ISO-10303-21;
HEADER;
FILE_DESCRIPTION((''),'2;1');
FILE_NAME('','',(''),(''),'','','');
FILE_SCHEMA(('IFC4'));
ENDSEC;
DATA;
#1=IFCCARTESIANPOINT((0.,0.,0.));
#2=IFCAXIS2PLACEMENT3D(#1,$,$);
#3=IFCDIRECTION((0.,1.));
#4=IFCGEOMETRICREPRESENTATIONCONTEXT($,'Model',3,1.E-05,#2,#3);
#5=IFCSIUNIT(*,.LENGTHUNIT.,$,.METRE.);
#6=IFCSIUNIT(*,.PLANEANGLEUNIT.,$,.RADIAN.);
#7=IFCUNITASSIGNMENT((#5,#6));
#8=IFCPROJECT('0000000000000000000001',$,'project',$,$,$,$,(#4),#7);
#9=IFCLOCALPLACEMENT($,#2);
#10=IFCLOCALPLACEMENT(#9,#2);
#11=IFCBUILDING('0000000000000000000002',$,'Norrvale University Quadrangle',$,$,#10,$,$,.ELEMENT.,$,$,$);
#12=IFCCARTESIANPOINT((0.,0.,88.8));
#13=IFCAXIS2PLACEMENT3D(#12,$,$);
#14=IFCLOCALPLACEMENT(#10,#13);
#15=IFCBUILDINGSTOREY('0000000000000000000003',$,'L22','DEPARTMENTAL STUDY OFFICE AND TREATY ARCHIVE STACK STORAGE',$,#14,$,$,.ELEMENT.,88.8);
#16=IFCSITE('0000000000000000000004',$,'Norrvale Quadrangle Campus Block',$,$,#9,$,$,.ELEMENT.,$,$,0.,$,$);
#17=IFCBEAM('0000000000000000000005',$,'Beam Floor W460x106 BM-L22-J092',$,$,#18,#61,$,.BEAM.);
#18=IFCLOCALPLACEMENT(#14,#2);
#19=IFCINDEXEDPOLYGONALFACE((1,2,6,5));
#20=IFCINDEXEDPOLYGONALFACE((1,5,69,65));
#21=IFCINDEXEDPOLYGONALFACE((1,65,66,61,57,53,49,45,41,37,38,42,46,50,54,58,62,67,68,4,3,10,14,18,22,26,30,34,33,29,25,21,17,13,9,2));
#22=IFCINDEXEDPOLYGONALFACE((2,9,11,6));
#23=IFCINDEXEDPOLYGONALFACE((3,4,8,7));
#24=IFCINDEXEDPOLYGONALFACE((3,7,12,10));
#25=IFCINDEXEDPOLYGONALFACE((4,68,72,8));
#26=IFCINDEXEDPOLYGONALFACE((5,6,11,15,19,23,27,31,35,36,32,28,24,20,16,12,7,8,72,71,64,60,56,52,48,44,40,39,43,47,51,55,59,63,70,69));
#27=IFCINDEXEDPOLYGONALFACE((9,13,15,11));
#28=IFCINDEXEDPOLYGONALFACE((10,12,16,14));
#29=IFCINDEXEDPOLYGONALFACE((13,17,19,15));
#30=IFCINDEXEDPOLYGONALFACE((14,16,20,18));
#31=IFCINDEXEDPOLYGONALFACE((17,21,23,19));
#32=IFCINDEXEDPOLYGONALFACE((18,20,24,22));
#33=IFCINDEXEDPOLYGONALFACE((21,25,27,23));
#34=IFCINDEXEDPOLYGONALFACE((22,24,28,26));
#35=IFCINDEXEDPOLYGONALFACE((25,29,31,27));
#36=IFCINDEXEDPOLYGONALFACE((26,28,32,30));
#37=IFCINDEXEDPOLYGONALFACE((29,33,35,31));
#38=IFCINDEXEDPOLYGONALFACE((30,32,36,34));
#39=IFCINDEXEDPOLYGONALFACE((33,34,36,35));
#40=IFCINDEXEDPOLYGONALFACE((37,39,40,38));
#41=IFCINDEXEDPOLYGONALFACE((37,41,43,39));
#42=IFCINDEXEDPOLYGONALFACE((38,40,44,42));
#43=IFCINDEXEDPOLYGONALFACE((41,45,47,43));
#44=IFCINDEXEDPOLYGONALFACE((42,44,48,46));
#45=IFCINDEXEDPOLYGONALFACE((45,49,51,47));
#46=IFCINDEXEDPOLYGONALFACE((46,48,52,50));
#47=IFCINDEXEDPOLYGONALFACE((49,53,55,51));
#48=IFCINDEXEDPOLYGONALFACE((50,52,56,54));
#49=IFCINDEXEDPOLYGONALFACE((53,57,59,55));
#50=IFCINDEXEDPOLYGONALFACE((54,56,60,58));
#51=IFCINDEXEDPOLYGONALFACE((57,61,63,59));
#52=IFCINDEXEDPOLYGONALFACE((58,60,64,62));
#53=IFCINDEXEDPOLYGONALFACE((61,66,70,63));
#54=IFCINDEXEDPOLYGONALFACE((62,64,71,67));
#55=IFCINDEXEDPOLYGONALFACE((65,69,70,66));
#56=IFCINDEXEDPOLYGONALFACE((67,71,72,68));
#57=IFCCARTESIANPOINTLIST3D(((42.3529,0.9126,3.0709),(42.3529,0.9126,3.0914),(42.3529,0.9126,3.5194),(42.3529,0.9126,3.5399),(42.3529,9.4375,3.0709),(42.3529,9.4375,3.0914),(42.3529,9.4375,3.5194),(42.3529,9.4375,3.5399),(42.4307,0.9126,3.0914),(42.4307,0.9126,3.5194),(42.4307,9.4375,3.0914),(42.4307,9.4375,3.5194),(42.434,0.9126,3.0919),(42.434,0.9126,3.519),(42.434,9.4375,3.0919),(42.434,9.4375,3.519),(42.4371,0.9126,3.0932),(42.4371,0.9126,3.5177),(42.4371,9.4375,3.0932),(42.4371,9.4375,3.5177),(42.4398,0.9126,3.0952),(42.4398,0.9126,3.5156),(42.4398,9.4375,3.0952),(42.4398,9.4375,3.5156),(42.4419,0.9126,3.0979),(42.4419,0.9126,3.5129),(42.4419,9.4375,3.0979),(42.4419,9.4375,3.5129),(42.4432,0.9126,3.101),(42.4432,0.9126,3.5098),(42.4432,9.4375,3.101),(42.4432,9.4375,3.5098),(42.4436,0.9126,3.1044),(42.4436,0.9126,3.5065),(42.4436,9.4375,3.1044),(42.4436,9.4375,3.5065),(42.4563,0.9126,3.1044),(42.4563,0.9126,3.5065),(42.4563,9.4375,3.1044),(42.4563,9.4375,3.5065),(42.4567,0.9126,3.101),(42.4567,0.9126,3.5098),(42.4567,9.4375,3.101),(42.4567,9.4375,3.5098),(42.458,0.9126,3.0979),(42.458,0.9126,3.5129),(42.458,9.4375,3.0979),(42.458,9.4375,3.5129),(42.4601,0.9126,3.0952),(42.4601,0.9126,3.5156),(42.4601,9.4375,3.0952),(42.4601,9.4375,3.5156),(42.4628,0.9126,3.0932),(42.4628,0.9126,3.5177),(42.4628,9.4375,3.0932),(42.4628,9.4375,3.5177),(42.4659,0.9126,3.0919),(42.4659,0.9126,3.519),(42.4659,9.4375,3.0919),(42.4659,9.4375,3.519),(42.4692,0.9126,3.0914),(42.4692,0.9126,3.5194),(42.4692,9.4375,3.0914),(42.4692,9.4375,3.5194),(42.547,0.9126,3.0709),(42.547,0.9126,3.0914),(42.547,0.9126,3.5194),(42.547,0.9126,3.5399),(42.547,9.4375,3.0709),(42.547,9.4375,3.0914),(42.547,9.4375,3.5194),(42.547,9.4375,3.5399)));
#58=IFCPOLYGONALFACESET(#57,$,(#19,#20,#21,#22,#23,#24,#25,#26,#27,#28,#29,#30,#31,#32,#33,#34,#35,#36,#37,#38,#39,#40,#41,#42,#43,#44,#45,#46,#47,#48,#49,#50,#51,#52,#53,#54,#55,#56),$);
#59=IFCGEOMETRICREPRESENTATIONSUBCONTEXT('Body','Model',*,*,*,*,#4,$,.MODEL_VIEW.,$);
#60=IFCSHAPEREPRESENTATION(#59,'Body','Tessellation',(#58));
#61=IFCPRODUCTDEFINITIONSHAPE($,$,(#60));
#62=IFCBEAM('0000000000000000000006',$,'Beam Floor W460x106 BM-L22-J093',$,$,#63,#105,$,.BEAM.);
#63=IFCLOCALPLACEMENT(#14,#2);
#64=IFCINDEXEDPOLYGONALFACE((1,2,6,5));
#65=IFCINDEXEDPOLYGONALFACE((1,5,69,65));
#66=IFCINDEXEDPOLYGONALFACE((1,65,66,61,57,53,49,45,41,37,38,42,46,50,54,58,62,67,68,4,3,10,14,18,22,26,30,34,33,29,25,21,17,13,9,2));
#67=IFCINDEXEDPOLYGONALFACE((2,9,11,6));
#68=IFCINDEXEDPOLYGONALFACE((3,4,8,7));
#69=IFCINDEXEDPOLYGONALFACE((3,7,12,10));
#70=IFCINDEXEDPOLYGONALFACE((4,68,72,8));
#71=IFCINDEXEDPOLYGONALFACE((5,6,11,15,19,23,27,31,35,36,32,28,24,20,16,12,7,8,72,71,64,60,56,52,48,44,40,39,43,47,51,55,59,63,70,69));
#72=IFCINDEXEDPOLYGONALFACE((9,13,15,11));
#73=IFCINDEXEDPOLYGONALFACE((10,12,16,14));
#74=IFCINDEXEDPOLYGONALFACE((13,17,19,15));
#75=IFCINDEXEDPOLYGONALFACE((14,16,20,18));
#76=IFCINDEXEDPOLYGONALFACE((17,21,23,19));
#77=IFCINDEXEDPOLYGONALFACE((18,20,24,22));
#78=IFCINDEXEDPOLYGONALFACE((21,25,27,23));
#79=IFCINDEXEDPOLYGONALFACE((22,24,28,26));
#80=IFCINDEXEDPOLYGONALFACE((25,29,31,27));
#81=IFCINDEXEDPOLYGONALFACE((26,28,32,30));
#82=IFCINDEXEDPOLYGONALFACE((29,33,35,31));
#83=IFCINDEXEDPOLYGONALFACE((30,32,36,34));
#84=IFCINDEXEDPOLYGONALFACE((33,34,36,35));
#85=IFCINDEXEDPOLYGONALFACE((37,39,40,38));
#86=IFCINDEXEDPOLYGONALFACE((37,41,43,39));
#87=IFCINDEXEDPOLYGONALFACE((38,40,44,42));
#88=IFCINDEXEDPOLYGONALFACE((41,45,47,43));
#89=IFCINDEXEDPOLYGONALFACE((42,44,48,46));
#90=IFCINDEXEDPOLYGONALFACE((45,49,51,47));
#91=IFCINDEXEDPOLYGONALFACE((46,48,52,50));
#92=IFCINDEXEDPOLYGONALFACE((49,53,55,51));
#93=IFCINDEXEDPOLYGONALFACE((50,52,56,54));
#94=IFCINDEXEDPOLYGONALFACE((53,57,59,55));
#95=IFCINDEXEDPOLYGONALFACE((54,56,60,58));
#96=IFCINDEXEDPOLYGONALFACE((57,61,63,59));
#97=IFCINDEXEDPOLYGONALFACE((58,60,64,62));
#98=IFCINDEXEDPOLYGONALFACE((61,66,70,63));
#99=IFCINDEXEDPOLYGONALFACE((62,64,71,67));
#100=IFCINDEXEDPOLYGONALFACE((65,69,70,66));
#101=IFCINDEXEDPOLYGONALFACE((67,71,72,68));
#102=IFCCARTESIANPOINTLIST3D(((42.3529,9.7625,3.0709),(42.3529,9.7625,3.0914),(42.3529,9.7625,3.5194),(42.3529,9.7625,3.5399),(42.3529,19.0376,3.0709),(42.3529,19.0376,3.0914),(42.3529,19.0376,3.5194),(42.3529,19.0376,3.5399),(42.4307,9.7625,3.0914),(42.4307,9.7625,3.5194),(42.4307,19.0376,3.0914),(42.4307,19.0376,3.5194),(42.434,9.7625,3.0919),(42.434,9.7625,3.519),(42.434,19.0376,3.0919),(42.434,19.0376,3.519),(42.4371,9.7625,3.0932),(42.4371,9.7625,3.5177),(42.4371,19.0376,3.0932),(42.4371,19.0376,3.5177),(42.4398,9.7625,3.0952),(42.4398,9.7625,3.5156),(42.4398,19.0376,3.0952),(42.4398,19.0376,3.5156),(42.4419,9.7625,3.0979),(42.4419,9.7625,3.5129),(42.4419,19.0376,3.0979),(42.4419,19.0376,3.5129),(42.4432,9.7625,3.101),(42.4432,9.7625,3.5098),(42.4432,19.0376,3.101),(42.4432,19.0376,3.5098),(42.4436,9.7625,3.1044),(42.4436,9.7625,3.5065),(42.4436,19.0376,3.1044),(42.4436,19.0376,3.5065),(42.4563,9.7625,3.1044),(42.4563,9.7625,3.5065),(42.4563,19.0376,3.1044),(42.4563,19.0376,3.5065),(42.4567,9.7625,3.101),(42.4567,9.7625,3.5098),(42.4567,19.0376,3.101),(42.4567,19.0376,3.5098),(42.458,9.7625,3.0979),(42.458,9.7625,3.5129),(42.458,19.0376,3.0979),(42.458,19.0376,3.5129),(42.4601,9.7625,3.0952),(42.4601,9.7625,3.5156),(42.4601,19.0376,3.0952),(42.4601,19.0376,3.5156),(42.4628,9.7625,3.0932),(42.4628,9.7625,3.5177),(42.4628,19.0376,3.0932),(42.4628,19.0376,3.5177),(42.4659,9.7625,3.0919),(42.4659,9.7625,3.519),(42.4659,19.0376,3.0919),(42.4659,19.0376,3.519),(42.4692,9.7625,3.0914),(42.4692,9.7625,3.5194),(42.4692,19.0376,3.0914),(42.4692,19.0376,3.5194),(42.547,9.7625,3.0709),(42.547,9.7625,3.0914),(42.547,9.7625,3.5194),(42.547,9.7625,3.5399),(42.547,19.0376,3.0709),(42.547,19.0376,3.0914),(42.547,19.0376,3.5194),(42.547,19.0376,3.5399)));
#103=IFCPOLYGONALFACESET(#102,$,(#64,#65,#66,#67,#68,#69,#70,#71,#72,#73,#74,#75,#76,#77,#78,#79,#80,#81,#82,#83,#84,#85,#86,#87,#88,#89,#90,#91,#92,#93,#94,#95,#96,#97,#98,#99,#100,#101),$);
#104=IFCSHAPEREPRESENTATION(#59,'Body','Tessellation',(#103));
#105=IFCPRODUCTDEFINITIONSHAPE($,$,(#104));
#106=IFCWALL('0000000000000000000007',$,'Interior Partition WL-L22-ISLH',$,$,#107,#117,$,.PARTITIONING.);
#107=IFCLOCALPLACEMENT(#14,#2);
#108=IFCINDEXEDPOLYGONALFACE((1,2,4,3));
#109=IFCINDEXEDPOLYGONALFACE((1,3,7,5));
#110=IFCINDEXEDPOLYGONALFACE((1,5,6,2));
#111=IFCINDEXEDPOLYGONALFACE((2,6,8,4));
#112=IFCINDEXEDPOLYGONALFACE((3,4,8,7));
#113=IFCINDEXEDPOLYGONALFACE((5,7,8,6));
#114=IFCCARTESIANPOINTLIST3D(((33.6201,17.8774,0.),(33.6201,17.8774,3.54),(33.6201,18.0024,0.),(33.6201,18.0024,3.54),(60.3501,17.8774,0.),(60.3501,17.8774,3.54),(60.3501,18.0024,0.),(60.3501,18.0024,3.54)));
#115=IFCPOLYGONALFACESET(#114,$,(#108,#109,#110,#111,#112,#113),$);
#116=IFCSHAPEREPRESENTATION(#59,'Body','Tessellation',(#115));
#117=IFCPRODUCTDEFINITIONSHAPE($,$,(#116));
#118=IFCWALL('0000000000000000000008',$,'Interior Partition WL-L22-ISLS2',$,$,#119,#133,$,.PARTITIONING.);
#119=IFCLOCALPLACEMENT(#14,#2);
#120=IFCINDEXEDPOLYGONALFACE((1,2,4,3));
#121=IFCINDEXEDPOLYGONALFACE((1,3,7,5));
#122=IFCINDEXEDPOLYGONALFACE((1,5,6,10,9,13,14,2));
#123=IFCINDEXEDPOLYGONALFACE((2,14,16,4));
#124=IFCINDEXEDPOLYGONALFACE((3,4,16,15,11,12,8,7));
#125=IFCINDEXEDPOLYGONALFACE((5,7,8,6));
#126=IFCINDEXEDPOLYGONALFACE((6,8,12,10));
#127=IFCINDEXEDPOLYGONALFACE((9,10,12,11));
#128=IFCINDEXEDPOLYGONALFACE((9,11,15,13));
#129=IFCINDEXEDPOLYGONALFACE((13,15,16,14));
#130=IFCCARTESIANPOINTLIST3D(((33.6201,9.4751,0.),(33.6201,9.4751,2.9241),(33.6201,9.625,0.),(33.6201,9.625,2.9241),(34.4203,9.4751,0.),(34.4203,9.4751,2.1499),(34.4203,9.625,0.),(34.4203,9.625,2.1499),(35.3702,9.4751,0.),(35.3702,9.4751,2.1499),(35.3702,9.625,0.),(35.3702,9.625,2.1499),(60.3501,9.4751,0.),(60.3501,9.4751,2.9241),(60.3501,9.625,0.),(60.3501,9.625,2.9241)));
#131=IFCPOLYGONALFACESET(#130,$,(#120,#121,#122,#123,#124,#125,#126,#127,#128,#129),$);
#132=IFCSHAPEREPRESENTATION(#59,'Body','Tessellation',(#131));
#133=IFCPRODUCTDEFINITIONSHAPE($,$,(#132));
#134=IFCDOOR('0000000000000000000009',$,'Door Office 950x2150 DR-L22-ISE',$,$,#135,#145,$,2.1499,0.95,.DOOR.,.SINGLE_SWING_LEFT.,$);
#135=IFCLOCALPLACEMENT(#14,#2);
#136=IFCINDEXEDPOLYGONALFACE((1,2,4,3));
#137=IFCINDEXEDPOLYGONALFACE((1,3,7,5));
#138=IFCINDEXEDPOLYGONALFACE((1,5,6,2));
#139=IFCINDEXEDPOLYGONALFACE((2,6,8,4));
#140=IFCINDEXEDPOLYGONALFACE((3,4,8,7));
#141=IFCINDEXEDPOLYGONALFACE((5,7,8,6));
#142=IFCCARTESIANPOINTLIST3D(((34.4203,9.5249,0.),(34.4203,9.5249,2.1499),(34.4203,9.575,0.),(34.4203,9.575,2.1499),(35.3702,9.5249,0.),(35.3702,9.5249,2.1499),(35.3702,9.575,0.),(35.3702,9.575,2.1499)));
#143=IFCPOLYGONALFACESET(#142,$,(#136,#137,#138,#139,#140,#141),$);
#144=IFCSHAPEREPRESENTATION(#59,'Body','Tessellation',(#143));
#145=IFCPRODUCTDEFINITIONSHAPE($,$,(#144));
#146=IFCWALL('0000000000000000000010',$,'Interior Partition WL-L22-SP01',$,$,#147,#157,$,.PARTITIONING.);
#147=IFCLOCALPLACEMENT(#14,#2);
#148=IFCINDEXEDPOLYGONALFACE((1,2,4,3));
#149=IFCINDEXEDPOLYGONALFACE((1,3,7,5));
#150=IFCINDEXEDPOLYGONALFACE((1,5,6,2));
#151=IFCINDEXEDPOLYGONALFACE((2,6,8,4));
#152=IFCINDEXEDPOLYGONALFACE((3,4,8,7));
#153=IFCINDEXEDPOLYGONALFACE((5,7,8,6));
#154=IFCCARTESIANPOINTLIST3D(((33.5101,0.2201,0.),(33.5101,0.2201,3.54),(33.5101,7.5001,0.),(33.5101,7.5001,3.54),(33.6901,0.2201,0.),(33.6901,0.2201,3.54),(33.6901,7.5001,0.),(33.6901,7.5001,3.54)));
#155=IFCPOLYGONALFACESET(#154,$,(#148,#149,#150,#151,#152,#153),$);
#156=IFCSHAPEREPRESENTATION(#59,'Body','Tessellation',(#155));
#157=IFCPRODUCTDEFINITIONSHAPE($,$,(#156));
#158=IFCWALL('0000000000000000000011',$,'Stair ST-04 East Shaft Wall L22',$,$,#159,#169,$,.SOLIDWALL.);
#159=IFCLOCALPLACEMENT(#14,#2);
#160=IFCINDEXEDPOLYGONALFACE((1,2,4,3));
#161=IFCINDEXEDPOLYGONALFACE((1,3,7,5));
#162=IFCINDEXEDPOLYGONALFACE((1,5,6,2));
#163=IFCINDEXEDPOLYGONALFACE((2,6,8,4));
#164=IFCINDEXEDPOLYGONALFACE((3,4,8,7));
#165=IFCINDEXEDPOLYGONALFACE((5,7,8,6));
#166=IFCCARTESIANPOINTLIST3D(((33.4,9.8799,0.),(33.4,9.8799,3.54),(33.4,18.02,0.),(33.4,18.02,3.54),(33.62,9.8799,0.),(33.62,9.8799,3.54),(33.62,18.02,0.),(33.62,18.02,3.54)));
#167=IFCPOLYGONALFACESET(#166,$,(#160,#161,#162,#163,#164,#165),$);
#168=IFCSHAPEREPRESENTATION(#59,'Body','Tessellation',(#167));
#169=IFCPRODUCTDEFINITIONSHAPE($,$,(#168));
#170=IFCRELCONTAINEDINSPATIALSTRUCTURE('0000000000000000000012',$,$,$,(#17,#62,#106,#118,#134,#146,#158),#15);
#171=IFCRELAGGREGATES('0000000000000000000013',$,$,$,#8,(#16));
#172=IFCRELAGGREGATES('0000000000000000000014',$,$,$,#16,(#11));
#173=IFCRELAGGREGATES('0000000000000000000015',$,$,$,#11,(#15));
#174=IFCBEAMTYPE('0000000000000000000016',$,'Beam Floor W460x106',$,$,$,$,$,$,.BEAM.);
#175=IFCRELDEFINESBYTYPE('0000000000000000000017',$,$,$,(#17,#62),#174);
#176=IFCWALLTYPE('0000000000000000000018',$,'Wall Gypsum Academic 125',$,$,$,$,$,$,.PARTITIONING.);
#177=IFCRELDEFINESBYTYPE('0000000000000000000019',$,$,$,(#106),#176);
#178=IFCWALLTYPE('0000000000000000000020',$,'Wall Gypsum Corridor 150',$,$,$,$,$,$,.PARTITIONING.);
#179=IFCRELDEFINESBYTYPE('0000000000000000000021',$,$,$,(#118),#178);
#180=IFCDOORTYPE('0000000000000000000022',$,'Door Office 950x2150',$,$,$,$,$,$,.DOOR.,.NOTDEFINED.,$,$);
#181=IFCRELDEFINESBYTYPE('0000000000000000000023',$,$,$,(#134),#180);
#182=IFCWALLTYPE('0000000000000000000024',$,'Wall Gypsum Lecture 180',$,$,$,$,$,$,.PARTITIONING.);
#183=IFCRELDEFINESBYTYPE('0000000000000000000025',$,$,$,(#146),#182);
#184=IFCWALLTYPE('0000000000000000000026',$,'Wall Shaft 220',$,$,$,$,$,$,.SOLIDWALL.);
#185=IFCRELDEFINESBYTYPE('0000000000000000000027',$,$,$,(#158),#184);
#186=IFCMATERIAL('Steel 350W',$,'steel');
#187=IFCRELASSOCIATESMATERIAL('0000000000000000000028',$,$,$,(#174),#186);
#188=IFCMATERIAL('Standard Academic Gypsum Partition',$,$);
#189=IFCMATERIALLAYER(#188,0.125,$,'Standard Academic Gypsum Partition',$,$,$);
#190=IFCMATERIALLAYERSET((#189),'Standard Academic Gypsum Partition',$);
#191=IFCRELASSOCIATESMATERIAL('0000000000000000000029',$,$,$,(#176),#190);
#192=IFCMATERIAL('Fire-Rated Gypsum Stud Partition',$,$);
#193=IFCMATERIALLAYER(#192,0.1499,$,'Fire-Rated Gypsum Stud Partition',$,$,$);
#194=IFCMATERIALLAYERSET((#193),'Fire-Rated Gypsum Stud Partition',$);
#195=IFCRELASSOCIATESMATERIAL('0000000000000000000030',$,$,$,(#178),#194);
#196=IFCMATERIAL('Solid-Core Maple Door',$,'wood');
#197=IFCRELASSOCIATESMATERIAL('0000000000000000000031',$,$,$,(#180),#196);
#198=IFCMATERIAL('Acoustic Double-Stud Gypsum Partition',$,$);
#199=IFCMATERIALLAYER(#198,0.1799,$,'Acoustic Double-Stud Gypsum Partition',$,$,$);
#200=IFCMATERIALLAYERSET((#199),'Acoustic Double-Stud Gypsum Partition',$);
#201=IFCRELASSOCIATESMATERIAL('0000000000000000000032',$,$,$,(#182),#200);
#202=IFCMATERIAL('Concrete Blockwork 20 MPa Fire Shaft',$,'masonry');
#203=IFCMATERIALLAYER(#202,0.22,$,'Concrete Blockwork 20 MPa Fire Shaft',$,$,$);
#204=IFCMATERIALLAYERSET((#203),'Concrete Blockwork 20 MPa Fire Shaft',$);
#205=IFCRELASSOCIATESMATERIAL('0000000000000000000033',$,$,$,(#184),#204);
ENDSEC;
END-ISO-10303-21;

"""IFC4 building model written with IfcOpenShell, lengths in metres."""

from ifc_helpers import new_model, si_unit, direction, frame, frame_2d, origin, origin_2d, place, context, subcontext, project, spatial, rectangle, i_section, extrude, material, layer, layer_set, material_profile, profile_set, type_object, element, fill, save


model = new_model("IFC4")

# Units and contexts
model_context = context("Model", 3, precision=1e-05, world=origin(), true_north=direction((0.0, 1.0)))
body_context = subcontext(model_context, "Body", "Model", "MODEL_VIEW")
ifc_project = project(units=[si_unit("LENGTHUNIT", "METRE"), si_unit("PLANEANGLEUNIT", "RADIAN")], contexts=[model_context])

# Site, building, storey
site_placement = place(None, origin())
site = spatial("IfcSite", under=ifc_project, at=site_placement, Name="Norrvale Quadrangle Campus Block", CompositionType="ELEMENT", RefElevation=0.0)
building_placement = place(site_placement, origin())
building = spatial("IfcBuilding", under=site, at=building_placement, Name="Norrvale University Quadrangle", CompositionType="ELEMENT")
storey_placement = place(building_placement, frame((0.0, 0.0, 88.8)))
storey = spatial("IfcBuildingStorey", under=building, at=storey_placement, Name="L22", Description="DEPARTMENTAL STUDY OFFICE AND TREATY ARCHIVE STACK STORAGE", CompositionType="ELEMENT", Elevation=88.8)

# Beams
ifc_material_1 = material(Name="Steel 350W", Category="steel")
ifc_material_profile_1 = material_profile(ifc_material_1, i_section(OverallWidth=0.1941, OverallDepth=0.469, WebThickness=0.0127, FlangeThickness=0.0205, FilletRadius=0.0129, at=origin_2d()), Name="Steel 350W")
ifc_profile_set_1 = profile_set([ifc_material_profile_1], Name="Steel 350W")
beam_type_1 = type_object("IfcBeamType", Name="Beam Floor W460x106", PredefinedType="BEAM", material=ifc_profile_set_1)
beam_1_placement = place(storey_placement, frame((42.45, 0.9126, 3.3054), z_axis=(0.0, 1.0, 0.0), x_axis=(-1.0, 0.0, 0.0)))
element("IfcBeam", 1, at=beam_1_placement, inside=storey, type_object=beam_type_1, Name="Beam Floor W460x106 BM-L22-J092", PredefinedType="BEAM", context=body_context, shape_type="SweptSolid", body=[
    extrude(i_section(OverallWidth=0.1941, OverallDepth=0.469, WebThickness=0.0127, FlangeThickness=0.0205, FilletRadius=0.0129, at=origin_2d()), origin(), (0.0, 0.0, 1.0), 8.5249),
])
beam_2_placement = place(storey_placement, frame((42.45, 9.7625, 3.3054), z_axis=(0.0, 1.0, 0.0), x_axis=(-1.0, 0.0, 0.0)))
element("IfcBeam", 2, at=beam_2_placement, inside=storey, type_object=beam_type_1, Name="Beam Floor W460x106 BM-L22-J093", PredefinedType="BEAM", context=body_context, shape_type="SweptSolid", body=[
    extrude(i_section(OverallWidth=0.1941, OverallDepth=0.469, WebThickness=0.0127, FlangeThickness=0.0205, FilletRadius=0.0129, at=origin_2d()), origin(), (0.0, 0.0, 1.0), 9.2751),
])

# Wall
ifc_material_2 = material(Name="Standard Academic Gypsum Partition")
ifc_layer_1 = layer(ifc_material_2, 0.125, Name="Standard Academic Gypsum Partition")
ifc_layer_set_1 = layer_set([ifc_layer_1], Name="Standard Academic Gypsum Partition")
wall_type_1 = type_object("IfcWallType", Name="Wall Gypsum Academic 125", PredefinedType="PARTITIONING", material=ifc_layer_set_1)
wall_1_placement = place(storey_placement, frame((33.6201, 17.9399, 0.0), z_axis=(0.0, 0.0, 1.0), x_axis=(1.0, 0.0, 0.0)))
element("IfcWall", 3, at=wall_1_placement, inside=storey, type_object=wall_type_1, Name="Interior Partition WL-L22-ISLH", PredefinedType="PARTITIONING", context=body_context, shape_type="SweptSolid", body=[
    extrude(rectangle(XDim=26.73, YDim=0.125, at=frame_2d((13.365, 0.0))), origin(), (0.0, 0.0, 1.0), 3.54),
])

# Wall, opening, door
ifc_material_3 = material(Name="Fire-Rated Gypsum Stud Partition")
ifc_layer_2 = layer(ifc_material_3, 0.1499, Name="Fire-Rated Gypsum Stud Partition")
ifc_layer_set_2 = layer_set([ifc_layer_2], Name="Fire-Rated Gypsum Stud Partition")
wall_type_2 = type_object("IfcWallType", Name="Wall Gypsum Corridor 150", PredefinedType="PARTITIONING", material=ifc_layer_set_2)
wall_2_placement = place(storey_placement, frame((33.6201, 9.55, 0.0), z_axis=(0.0, 0.0, 1.0), x_axis=(1.0, 0.0, 0.0)))
wall_2 = element("IfcWall", 4, at=wall_2_placement, inside=storey, type_object=wall_type_2, Name="Interior Partition WL-L22-ISLS2", PredefinedType="PARTITIONING", context=body_context, shape_type="SweptSolid", body=[
    extrude(rectangle(XDim=26.73, YDim=0.1499, at=frame_2d((13.365, 0.0))), origin(), (0.0, 0.0, 1.0), 2.9241),
])
opening_placement = place(wall_2_placement, frame((0.8, 0.0, 0.0)))
opening = element("IfcOpeningElement", 5, at=opening_placement, cuts=wall_2, PredefinedType="OPENING", context=body_context, shape_type="SweptSolid", body=[
    extrude(rectangle(XDim=0.95, YDim=2.1499, at=frame_2d((0.4751, 1.075))), frame((0.0, 0.0869, 0.0), z_axis=(0.0, -1.0, 0.0), x_axis=(1.0, 0.0, 0.0)), (0.0, 0.0, 1.0), 0.1738),
])
ifc_material_4 = material(Name="Solid-Core Maple Door", Category="wood")
door_type = type_object("IfcDoorType", Name="Door Office 950x2150", OperationType="NOTDEFINED", PredefinedType="DOOR", material=ifc_material_4)
door_placement = place(opening_placement, origin())
door = element("IfcDoor", 6, at=door_placement, inside=storey, type_object=door_type, Name="Door Office 950x2150 DR-L22-ISE", OperationType="SINGLE_SWING_LEFT", OverallHeight=2.1499, OverallWidth=0.95, PredefinedType="DOOR", context=body_context, shape_type="SweptSolid", body=[
    extrude(rectangle(XDim=0.95, YDim=2.1499, at=frame_2d((0.4751, 1.075))), frame((0.0, 0.0249, 0.0), z_axis=(0.0, -1.0, 0.0), x_axis=(1.0, 0.0, 0.0)), (0.0, 0.0, 1.0), 0.05),
])
fill(opening, door)

# Walls
ifc_material_5 = material(Name="Acoustic Double-Stud Gypsum Partition")
ifc_layer_3 = layer(ifc_material_5, 0.1799, Name="Acoustic Double-Stud Gypsum Partition")
ifc_layer_set_3 = layer_set([ifc_layer_3], Name="Acoustic Double-Stud Gypsum Partition")
wall_type_3 = type_object("IfcWallType", Name="Wall Gypsum Lecture 180", PredefinedType="PARTITIONING", material=ifc_layer_set_3)
wall_3_placement = place(storey_placement, frame((33.6001, 0.22, 0.0), z_axis=(0.0, 0.0, 1.0), x_axis=(0.0, 1.0, 0.0)))
element("IfcWall", 7, at=wall_3_placement, inside=storey, type_object=wall_type_3, Name="Interior Partition WL-L22-SP01", PredefinedType="PARTITIONING", context=body_context, shape_type="SweptSolid", body=[
    extrude(rectangle(XDim=7.28, YDim=0.1799, at=frame_2d((3.6401, 0.0))), origin(), (0.0, 0.0, 1.0), 3.54),
])
ifc_material_6 = material(Name="Concrete Blockwork 20 MPa Fire Shaft", Category="masonry")
ifc_layer_4 = layer(ifc_material_6, 0.22, Name="Concrete Blockwork 20 MPa Fire Shaft")
ifc_layer_set_4 = layer_set([ifc_layer_4], Name="Concrete Blockwork 20 MPa Fire Shaft")
wall_type_4 = type_object("IfcWallType", Name="Wall Shaft 220", PredefinedType="SOLIDWALL", material=ifc_layer_set_4)
wall_4_placement = place(storey_placement, frame((33.51, 9.8799, 0.0), z_axis=(0.0, 0.0, 1.0), x_axis=(0.0, 1.0, 0.0)))
element("IfcWall", 8, at=wall_4_placement, inside=storey, type_object=wall_type_4, Name="Stair ST-04 East Shaft Wall L22", PredefinedType="SOLIDWALL", context=body_context, shape_type="SweptSolid", body=[
    extrude(rectangle(XDim=8.1401, YDim=0.22, at=frame_2d((4.0701, 0.0))), origin(), (0.0, 0.0, 1.0), 3.54),
])

save(model, "model.ifc")
